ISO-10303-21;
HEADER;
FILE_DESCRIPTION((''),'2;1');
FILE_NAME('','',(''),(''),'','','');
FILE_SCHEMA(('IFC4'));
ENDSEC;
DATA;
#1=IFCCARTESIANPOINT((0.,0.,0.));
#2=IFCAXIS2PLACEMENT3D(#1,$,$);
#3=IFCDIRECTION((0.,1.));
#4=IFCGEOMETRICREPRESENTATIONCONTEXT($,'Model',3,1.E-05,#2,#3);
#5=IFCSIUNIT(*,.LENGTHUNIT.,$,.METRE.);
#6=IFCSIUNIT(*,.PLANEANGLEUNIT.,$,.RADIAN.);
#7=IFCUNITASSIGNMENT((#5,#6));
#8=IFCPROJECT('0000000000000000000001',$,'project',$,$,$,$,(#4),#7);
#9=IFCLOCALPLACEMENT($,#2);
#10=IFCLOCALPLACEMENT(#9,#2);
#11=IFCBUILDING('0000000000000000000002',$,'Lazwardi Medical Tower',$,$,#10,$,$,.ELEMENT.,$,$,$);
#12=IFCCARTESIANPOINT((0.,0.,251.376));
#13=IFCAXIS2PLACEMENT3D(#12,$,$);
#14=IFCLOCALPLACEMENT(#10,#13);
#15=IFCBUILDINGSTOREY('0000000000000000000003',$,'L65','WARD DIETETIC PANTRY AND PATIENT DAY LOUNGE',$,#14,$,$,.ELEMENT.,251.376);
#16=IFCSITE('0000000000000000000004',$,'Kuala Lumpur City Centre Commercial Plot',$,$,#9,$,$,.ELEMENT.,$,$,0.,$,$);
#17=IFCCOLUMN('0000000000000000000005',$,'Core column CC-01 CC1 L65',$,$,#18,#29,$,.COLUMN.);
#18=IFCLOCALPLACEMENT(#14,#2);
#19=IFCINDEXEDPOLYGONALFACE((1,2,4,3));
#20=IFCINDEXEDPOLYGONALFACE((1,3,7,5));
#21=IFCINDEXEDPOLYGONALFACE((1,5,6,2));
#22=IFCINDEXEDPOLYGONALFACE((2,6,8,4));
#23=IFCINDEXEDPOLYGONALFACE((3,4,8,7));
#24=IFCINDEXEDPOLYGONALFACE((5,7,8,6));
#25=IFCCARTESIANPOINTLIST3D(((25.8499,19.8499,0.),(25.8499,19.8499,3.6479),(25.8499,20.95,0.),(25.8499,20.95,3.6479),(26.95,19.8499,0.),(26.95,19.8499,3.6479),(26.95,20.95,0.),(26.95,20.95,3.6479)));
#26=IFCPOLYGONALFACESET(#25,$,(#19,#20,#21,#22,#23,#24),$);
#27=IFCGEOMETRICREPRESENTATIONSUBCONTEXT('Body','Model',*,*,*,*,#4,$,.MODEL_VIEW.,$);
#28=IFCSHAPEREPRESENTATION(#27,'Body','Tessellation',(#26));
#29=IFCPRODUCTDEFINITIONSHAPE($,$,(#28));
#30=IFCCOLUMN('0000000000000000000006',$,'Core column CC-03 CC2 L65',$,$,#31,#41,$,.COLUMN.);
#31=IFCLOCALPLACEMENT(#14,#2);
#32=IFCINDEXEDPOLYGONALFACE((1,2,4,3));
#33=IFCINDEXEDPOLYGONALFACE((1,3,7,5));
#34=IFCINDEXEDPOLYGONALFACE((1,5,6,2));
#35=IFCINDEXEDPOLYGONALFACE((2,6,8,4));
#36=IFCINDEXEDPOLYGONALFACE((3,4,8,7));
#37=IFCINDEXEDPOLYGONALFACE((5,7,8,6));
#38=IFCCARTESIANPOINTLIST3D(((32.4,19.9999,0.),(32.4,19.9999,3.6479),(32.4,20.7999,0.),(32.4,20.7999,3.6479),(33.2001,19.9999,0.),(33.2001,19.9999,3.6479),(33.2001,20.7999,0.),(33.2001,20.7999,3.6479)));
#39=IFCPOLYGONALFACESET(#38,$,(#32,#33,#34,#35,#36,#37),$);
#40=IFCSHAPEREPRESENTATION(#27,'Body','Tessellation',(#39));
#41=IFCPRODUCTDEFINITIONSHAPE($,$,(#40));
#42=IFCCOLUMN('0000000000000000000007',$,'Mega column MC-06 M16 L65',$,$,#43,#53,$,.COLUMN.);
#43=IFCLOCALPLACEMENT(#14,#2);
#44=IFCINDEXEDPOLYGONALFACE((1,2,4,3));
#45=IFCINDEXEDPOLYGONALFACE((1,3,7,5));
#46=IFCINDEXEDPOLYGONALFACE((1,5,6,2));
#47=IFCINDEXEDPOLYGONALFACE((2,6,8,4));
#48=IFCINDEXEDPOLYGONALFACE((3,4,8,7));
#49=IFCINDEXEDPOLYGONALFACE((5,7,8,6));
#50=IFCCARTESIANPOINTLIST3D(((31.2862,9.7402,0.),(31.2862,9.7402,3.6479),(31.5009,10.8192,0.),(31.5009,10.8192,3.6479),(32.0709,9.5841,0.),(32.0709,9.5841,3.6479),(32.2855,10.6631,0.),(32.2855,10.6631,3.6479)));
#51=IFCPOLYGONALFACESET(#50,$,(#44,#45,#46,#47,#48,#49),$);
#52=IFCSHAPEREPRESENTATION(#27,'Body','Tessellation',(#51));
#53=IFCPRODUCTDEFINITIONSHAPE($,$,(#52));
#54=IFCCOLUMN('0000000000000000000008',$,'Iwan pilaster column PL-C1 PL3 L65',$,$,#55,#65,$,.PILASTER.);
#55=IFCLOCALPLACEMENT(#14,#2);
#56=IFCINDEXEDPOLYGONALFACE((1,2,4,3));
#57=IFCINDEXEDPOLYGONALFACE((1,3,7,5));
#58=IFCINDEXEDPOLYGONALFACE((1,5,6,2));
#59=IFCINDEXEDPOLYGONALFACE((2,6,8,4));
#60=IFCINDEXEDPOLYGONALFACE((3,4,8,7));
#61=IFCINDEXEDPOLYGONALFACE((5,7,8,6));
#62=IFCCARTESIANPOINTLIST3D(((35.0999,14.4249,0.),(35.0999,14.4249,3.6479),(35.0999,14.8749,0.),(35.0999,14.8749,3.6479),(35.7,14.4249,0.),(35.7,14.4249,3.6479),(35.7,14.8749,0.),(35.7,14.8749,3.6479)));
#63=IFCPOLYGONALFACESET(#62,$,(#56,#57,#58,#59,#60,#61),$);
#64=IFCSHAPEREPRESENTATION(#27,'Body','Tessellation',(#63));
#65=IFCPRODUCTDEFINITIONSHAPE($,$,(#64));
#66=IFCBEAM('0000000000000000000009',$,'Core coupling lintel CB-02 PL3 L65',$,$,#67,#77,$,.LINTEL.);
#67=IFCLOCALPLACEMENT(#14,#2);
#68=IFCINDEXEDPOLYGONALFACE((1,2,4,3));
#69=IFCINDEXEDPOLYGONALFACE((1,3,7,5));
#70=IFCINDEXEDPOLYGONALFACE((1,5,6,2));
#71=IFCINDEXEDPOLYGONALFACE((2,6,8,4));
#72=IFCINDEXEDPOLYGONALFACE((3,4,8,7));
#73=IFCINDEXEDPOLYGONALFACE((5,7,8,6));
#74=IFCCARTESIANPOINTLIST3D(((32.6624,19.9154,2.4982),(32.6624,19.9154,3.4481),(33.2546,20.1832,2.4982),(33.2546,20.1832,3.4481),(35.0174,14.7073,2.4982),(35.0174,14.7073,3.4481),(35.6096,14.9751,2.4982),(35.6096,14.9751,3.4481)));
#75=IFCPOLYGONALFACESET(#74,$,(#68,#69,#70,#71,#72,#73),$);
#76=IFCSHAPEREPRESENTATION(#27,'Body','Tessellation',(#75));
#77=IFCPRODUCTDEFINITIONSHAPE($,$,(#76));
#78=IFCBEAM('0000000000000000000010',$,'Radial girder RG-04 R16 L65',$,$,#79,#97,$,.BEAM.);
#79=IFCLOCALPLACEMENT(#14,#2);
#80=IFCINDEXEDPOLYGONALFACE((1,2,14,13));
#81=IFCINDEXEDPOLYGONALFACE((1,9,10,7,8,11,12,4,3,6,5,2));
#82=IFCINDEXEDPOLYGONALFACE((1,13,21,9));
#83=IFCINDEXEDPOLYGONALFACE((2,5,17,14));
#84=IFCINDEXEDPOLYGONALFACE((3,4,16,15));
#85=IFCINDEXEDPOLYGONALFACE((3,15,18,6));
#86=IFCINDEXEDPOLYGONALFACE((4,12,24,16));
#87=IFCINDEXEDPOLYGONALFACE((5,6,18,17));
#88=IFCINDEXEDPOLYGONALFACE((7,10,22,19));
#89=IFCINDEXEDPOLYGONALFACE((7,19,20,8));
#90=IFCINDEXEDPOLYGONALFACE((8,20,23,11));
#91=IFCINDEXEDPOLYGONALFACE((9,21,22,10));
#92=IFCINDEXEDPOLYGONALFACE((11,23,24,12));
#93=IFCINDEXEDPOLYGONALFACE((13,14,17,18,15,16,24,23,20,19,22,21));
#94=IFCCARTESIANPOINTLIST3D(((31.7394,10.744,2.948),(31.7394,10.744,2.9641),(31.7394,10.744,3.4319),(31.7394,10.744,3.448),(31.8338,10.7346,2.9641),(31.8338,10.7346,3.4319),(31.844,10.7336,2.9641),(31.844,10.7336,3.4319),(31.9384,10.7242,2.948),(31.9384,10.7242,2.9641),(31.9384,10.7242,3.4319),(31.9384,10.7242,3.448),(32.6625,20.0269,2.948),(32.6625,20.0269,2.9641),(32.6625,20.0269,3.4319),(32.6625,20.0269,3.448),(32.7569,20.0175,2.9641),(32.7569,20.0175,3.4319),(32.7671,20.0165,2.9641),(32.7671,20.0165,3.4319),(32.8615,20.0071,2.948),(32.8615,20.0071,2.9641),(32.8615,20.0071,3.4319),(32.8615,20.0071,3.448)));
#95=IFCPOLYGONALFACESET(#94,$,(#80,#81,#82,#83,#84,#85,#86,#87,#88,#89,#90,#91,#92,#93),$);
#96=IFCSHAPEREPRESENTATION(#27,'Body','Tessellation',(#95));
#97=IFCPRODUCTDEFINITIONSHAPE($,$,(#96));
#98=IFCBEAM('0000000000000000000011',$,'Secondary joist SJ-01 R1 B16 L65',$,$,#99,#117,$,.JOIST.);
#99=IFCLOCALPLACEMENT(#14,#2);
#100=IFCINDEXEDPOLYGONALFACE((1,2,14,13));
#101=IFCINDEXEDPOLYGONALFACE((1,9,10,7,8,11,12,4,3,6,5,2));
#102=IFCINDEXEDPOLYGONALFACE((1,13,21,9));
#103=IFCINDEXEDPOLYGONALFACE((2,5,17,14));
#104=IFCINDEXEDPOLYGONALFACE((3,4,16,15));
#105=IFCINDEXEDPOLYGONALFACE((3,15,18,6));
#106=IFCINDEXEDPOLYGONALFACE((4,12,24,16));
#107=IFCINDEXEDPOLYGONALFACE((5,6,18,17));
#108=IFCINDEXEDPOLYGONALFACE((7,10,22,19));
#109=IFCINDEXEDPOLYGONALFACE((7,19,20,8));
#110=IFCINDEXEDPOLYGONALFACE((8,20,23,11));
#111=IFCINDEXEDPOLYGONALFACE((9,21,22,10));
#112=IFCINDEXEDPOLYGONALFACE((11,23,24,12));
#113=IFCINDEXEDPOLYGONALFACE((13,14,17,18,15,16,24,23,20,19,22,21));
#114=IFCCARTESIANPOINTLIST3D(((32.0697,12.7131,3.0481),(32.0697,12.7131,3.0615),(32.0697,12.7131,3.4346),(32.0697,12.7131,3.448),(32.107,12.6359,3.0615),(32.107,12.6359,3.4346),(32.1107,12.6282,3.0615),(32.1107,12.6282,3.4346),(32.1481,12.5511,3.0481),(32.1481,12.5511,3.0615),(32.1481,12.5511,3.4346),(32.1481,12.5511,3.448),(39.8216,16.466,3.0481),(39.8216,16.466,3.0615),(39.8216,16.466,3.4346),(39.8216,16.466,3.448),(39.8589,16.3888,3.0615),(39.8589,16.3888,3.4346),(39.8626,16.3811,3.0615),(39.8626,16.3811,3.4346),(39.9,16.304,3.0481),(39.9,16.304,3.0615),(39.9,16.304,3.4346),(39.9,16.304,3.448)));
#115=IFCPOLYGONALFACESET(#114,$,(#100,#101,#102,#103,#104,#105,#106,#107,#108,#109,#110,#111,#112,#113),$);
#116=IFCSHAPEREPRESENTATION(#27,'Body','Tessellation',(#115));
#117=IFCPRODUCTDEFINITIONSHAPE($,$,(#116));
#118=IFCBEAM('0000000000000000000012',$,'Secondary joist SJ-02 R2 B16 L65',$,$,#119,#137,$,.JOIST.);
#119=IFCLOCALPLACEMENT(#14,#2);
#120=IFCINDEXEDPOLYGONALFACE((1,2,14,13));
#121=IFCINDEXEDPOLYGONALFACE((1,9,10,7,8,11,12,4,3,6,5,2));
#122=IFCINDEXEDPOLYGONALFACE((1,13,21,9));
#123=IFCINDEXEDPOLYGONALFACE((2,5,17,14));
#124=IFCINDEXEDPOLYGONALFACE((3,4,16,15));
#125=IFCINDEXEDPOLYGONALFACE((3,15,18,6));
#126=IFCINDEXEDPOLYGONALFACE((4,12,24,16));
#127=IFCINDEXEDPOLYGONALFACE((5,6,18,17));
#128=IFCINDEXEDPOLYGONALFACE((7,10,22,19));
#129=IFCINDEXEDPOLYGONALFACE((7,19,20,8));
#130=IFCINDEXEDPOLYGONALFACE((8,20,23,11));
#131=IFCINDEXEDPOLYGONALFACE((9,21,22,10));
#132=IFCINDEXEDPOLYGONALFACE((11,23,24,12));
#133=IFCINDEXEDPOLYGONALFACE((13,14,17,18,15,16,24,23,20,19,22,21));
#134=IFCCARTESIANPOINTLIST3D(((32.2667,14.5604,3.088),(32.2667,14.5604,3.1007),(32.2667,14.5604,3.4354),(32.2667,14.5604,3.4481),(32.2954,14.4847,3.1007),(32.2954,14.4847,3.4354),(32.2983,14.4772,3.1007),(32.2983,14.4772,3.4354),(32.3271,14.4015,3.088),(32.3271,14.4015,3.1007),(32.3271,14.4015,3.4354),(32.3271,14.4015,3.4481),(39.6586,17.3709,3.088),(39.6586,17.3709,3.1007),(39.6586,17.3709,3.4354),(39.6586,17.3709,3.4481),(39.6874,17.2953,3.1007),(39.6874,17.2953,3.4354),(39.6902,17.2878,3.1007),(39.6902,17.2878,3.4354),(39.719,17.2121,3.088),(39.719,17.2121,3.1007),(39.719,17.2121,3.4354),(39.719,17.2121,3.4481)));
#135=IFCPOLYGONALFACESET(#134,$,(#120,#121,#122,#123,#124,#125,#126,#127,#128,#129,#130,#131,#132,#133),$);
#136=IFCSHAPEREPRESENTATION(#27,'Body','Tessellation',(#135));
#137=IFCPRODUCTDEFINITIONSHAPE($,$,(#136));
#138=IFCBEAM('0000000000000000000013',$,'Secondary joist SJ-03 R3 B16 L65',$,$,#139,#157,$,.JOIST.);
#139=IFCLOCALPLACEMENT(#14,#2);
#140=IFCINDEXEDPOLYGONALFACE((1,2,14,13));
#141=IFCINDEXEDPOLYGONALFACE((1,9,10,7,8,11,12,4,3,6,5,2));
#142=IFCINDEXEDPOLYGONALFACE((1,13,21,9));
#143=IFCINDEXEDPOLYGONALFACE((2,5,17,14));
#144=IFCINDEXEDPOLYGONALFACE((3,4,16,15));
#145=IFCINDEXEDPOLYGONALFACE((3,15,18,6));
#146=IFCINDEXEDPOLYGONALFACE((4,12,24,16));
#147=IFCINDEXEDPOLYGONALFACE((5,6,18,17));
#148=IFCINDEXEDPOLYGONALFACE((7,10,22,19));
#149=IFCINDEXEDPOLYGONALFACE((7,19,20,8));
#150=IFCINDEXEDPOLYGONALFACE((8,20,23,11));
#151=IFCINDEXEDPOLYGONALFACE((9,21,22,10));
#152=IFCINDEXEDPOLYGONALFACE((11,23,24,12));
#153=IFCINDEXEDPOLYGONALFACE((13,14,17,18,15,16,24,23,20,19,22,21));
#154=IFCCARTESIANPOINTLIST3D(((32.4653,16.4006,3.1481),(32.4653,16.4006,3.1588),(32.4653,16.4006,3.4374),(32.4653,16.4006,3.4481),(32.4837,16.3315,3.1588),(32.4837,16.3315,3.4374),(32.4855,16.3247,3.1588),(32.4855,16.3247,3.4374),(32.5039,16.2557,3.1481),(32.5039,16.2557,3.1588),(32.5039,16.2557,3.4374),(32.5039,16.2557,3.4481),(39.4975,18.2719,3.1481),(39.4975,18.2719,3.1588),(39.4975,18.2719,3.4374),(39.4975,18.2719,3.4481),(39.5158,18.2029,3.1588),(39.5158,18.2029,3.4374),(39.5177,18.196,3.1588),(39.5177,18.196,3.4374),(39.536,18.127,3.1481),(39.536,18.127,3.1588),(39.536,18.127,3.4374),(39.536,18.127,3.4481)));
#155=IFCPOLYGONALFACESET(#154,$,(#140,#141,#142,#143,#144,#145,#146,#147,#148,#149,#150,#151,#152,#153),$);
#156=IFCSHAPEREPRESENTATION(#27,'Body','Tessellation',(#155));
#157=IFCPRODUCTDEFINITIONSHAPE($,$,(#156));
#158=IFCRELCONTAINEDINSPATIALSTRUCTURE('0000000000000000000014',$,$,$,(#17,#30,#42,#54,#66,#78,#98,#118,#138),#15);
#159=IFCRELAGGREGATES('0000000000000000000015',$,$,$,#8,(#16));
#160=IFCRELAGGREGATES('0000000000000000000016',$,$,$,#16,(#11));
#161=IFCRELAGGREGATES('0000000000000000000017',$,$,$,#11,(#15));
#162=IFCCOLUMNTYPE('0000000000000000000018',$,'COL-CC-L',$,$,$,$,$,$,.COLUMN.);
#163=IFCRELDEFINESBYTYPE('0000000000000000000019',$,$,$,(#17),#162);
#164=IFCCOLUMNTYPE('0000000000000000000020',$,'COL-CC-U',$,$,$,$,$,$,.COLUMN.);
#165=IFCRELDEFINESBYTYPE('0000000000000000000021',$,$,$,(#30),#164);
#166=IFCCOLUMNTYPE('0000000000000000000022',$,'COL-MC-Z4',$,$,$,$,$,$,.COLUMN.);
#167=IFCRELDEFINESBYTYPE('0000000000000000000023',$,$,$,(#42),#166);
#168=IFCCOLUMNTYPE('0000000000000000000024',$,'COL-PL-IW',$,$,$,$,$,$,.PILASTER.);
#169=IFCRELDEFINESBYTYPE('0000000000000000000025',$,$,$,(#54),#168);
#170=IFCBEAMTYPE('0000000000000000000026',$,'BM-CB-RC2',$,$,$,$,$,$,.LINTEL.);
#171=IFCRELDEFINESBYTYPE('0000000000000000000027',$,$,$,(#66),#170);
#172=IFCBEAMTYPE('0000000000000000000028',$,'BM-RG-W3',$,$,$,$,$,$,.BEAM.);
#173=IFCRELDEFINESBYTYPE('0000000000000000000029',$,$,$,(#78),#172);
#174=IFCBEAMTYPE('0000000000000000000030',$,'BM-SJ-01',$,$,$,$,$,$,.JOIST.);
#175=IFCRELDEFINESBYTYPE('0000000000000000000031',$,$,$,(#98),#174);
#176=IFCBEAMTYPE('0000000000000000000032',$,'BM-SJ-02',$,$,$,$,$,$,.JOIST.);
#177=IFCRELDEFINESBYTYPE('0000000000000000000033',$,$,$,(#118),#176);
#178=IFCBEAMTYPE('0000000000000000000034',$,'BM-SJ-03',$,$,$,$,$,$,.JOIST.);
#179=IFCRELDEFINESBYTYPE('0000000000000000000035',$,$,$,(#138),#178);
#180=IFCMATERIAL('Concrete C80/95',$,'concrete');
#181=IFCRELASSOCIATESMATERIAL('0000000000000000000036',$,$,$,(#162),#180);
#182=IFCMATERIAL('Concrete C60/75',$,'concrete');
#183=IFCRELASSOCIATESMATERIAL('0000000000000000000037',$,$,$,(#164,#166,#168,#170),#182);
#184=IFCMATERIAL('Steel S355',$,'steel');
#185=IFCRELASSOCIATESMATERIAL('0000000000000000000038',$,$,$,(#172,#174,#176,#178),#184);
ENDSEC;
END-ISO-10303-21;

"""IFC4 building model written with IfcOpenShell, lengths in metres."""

from ifc_helpers import new_model, si_unit, direction, frame, origin, origin_2d, place, context, subcontext, project, spatial, rectangle, i_section, extrude, material, material_profile, profile_set, type_object, element, save


model = new_model("IFC4")

# Units and contexts
model_context = context("Model", 3, precision=1e-05, world=origin(), true_north=direction((0.0, 1.0)))
body_context = subcontext(model_context, "Body", "Model", "MODEL_VIEW")
ifc_project = project(units=[si_unit("LENGTHUNIT", "METRE"), si_unit("PLANEANGLEUNIT", "RADIAN")], contexts=[model_context])

# Site, building, storey
site_placement = place(None, origin())
site = spatial("IfcSite", under=ifc_project, at=site_placement, Name="Kuala Lumpur City Centre Commercial Plot", CompositionType="ELEMENT", RefElevation=0.0)
building_placement = place(site_placement, origin())
building = spatial("IfcBuilding", under=site, at=building_placement, Name="Lazwardi Medical Tower", CompositionType="ELEMENT")
storey_placement = place(building_placement, frame((0.0, 0.0, 251.376)))
storey = spatial("IfcBuildingStorey", under=building, at=storey_placement, Name="L65", Description="WARD DIETETIC PANTRY AND PATIENT DAY LOUNGE", CompositionType="ELEMENT", Elevation=251.376)

# Columns
ifc_material_1 = material(Name="Concrete C80/95", Category="concrete")
ifc_material_profile_1 = material_profile(ifc_material_1, rectangle(XDim=1.1001, YDim=1.1001, at=origin_2d()), Name="RC 1100x1100")
ifc_profile_set_1 = profile_set([ifc_material_profile_1], Name="Concrete C80/95")
column_type_1 = type_object("IfcColumnType", Name="COL-CC-L", PredefinedType="COLUMN", material=ifc_profile_set_1)
column_1_placement = place(storey_placement, frame((26.3999, 20.3999, 0.0), z_axis=(0.0, 0.0, 1.0), x_axis=(1.0, 0.0, 0.0)))
element("IfcColumn", 1, at=column_1_placement, inside=storey, type_object=column_type_1, Name="Core column CC-01 CC1 L65", PredefinedType="COLUMN", context=body_context, shape_type="SweptSolid", body=[
    extrude(rectangle(XDim=1.1001, YDim=1.1001, at=origin_2d()), origin(), (0.0, 0.0, 1.0), 3.6479),
])
ifc_material_2 = material(Name="Concrete C60/75", Category="concrete")
ifc_material_profile_2 = material_profile(ifc_material_2, rectangle(XDim=0.8, YDim=0.8, at=origin_2d()), Name="RC 800x800")
ifc_profile_set_2 = profile_set([ifc_material_profile_2], Name="Concrete C60/75")
column_type_2 = type_object("IfcColumnType", Name="COL-CC-U", PredefinedType="COLUMN", material=ifc_profile_set_2)
column_2_placement = place(storey_placement, frame((32.8, 20.3999, 0.0), z_axis=(0.0, 0.0, 1.0), x_axis=(1.0, 0.0, 0.0)))
element("IfcColumn", 2, at=column_2_placement, inside=storey, type_object=column_type_2, Name="Core column CC-03 CC2 L65", PredefinedType="COLUMN", context=body_context, shape_type="SweptSolid", body=[
    extrude(rectangle(XDim=0.8, YDim=0.8, at=origin_2d()), origin(), (0.0, 0.0, 1.0), 3.6479),
])
ifc_material_profile_3 = material_profile(ifc_material_2, rectangle(XDim=1.1001, YDim=0.8, at=origin_2d()), Name="CFT-RECT 1100x800")
ifc_profile_set_3 = profile_set([ifc_material_profile_3], Name="Concrete C60/75")
column_type_3 = type_object("IfcColumnType", Name="COL-MC-Z4", PredefinedType="COLUMN", material=ifc_profile_set_3)
column_3_placement = place(storey_placement, frame((31.7859, 10.2017, 0.0), z_axis=(0.0, 0.0, 1.0), x_axis=(-0.19509, -0.980785, 0.0)))
element("IfcColumn", 3, at=column_3_placement, inside=storey, type_object=column_type_3, Name="Mega column MC-06 M16 L65", PredefinedType="COLUMN", context=body_context, shape_type="SweptSolid", body=[
    extrude(rectangle(XDim=1.1001, YDim=0.8, at=origin_2d()), origin(), (0.0, 0.0, 1.0), 3.6479),
])
ifc_material_profile_4 = material_profile(ifc_material_2, rectangle(XDim=0.6001, YDim=0.45, at=origin_2d()), Name="RC 600x450")
ifc_profile_set_4 = profile_set([ifc_material_profile_4], Name="Concrete C60/75")
column_type_4 = type_object("IfcColumnType", Name="COL-PL-IW", PredefinedType="PILASTER", material=ifc_profile_set_4)
column_4_placement = place(storey_placement, frame((35.3999, 14.6499, 0.0), z_axis=(0.0, 0.0, 1.0), x_axis=(1.0, 0.0, 0.0)))
element("IfcColumn", 4, at=column_4_placement, inside=storey, type_object=column_type_4, Name="Iwan pilaster column PL-C1 PL3 L65", PredefinedType="PILASTER", context=body_context, shape_type="SweptSolid", body=[
    extrude(rectangle(XDim=0.6001, YDim=0.45, at=origin_2d()), origin(), (0.0, 0.0, 1.0), 3.6479),
])

# Beams
ifc_material_profile_5 = material_profile(ifc_material_2, rectangle(XDim=0.6499, YDim=0.95, at=origin_2d()), Name="RC 650x950")
ifc_profile_set_5 = profile_set([ifc_material_profile_5], Name="Concrete C60/75")
beam_type_1 = type_object("IfcBeamType", Name="BM-CB-RC2", PredefinedType="LINTEL", material=ifc_profile_set_5)
beam_1_placement = place(storey_placement, frame((32.9585, 20.0493, 2.9731), z_axis=(0.412019, -0.911175, 0.0), x_axis=(0.911175, 0.412019, 0.0)))
element("IfcBeam", 5, at=beam_1_placement, inside=storey, type_object=beam_type_1, Name="Core coupling lintel CB-02 PL3 L65", PredefinedType="LINTEL", context=body_context, shape_type="SweptSolid", body=[
    extrude(rectangle(XDim=0.6499, YDim=0.95, at=origin_2d()), origin(), (0.0, 0.0, 1.0), 5.7158),
])
ifc_material_3 = material(Name="Steel S355", Category="steel")
ifc_material_profile_6 = material_profile(ifc_material_3, i_section(OverallWidth=0.2, OverallDepth=0.5, WebThickness=0.0103, FlangeThickness=0.0161, at=origin_2d()), Name="IPE 500")
ifc_profile_set_6 = profile_set([ifc_material_profile_6], Name="Steel S355")
beam_type_2 = type_object("IfcBeamType", Name="BM-RG-W3", PredefinedType="BEAM", material=ifc_profile_set_6)
beam_2_placement = place(storey_placement, frame((31.8389, 10.7341, 3.198), z_axis=(0.098954, 0.995092, 0.0), x_axis=(-0.995092, 0.098954, 0.0)))
element("IfcBeam", 6, at=beam_2_placement, inside=storey, type_object=beam_type_2, Name="Radial girder RG-04 R16 L65", PredefinedType="BEAM", context=body_context, shape_type="SweptSolid", body=[
    extrude(i_section(OverallWidth=0.2, OverallDepth=0.5, WebThickness=0.0103, FlangeThickness=0.0161, at=origin_2d()), origin(), (0.0, 0.0, 1.0), 9.3286),
])
ifc_material_profile_7 = material_profile(ifc_material_3, i_section(OverallWidth=0.1799, OverallDepth=0.3999, WebThickness=0.0085, FlangeThickness=0.0134, at=origin_2d()), Name="IPE 400")
ifc_profile_set_7 = profile_set([ifc_material_profile_7], Name="Steel S355")
beam_type_3 = type_object("IfcBeamType", Name="BM-SJ-01", PredefinedType="JOIST", material=ifc_profile_set_7)
beam_3_placement = place(storey_placement, frame((32.1089, 12.6321, 3.248), z_axis=(0.900069, 0.435748, 0.0), x_axis=(-0.435748, 0.900069, 0.0)))
element("IfcBeam", 7, at=beam_3_placement, inside=storey, type_object=beam_type_3, Name="Secondary joist SJ-01 R1 B16 L65", PredefinedType="JOIST", context=body_context, shape_type="SweptSolid", body=[
    extrude(i_section(OverallWidth=0.1799, OverallDepth=0.3999, WebThickness=0.0085, FlangeThickness=0.0134, at=origin_2d()), origin(), (0.0, 0.0, 1.0), 8.6125),
])
ifc_material_profile_8 = material_profile(ifc_material_3, i_section(OverallWidth=0.1699, OverallDepth=0.3601, WebThickness=0.0081, FlangeThickness=0.0127, at=origin_2d()), Name="IPE 360")
ifc_profile_set_8 = profile_set([ifc_material_profile_8], Name="Steel S355")
beam_type_4 = type_object("IfcBeamType", Name="BM-SJ-02", PredefinedType="JOIST", material=ifc_profile_set_8)
beam_4_placement = place(storey_placement, frame((32.2969, 14.481, 3.2681), z_axis=(0.934714, 0.3554, 0.0), x_axis=(-0.3554, 0.934714, 0.0)))
element("IfcBeam", 8, at=beam_4_placement, inside=storey, type_object=beam_type_4, Name="Secondary joist SJ-02 R2 B16 L65", PredefinedType="JOIST", context=body_context, shape_type="SweptSolid", body=[
    extrude(i_section(OverallWidth=0.1699, OverallDepth=0.3601, WebThickness=0.0081, FlangeThickness=0.0127, at=origin_2d()), origin(), (0.0, 0.0, 1.0), 7.9082),
])
ifc_material_profile_9 = material_profile(ifc_material_3, i_section(OverallWidth=0.1499, OverallDepth=0.3, WebThickness=0.0071, FlangeThickness=0.0107, at=origin_2d()), Name="IPE 300")
ifc_profile_set_9 = profile_set([ifc_material_profile_9], Name="Steel S355")
beam_type_5 = type_object("IfcBeamType", Name="BM-SJ-03", PredefinedType="JOIST", material=ifc_profile_set_9)
beam_5_placement = place(storey_placement, frame((32.4846, 16.3281, 3.2981), z_axis=(0.966369, 0.257159, 0.0), x_axis=(-0.257159, 0.966369, 0.0)))
element("IfcBeam", 9, at=beam_5_placement, inside=storey, type_object=beam_type_5, Name="Secondary joist SJ-03 R3 B16 L65", PredefinedType="JOIST", context=body_context, shape_type="SweptSolid", body=[
    extrude(i_section(OverallWidth=0.1499, OverallDepth=0.3, WebThickness=0.0071, FlangeThickness=0.0107, at=origin_2d()), origin(), (0.0, 0.0, 1.0), 7.2769),
])

save(model, "model.ifc")
